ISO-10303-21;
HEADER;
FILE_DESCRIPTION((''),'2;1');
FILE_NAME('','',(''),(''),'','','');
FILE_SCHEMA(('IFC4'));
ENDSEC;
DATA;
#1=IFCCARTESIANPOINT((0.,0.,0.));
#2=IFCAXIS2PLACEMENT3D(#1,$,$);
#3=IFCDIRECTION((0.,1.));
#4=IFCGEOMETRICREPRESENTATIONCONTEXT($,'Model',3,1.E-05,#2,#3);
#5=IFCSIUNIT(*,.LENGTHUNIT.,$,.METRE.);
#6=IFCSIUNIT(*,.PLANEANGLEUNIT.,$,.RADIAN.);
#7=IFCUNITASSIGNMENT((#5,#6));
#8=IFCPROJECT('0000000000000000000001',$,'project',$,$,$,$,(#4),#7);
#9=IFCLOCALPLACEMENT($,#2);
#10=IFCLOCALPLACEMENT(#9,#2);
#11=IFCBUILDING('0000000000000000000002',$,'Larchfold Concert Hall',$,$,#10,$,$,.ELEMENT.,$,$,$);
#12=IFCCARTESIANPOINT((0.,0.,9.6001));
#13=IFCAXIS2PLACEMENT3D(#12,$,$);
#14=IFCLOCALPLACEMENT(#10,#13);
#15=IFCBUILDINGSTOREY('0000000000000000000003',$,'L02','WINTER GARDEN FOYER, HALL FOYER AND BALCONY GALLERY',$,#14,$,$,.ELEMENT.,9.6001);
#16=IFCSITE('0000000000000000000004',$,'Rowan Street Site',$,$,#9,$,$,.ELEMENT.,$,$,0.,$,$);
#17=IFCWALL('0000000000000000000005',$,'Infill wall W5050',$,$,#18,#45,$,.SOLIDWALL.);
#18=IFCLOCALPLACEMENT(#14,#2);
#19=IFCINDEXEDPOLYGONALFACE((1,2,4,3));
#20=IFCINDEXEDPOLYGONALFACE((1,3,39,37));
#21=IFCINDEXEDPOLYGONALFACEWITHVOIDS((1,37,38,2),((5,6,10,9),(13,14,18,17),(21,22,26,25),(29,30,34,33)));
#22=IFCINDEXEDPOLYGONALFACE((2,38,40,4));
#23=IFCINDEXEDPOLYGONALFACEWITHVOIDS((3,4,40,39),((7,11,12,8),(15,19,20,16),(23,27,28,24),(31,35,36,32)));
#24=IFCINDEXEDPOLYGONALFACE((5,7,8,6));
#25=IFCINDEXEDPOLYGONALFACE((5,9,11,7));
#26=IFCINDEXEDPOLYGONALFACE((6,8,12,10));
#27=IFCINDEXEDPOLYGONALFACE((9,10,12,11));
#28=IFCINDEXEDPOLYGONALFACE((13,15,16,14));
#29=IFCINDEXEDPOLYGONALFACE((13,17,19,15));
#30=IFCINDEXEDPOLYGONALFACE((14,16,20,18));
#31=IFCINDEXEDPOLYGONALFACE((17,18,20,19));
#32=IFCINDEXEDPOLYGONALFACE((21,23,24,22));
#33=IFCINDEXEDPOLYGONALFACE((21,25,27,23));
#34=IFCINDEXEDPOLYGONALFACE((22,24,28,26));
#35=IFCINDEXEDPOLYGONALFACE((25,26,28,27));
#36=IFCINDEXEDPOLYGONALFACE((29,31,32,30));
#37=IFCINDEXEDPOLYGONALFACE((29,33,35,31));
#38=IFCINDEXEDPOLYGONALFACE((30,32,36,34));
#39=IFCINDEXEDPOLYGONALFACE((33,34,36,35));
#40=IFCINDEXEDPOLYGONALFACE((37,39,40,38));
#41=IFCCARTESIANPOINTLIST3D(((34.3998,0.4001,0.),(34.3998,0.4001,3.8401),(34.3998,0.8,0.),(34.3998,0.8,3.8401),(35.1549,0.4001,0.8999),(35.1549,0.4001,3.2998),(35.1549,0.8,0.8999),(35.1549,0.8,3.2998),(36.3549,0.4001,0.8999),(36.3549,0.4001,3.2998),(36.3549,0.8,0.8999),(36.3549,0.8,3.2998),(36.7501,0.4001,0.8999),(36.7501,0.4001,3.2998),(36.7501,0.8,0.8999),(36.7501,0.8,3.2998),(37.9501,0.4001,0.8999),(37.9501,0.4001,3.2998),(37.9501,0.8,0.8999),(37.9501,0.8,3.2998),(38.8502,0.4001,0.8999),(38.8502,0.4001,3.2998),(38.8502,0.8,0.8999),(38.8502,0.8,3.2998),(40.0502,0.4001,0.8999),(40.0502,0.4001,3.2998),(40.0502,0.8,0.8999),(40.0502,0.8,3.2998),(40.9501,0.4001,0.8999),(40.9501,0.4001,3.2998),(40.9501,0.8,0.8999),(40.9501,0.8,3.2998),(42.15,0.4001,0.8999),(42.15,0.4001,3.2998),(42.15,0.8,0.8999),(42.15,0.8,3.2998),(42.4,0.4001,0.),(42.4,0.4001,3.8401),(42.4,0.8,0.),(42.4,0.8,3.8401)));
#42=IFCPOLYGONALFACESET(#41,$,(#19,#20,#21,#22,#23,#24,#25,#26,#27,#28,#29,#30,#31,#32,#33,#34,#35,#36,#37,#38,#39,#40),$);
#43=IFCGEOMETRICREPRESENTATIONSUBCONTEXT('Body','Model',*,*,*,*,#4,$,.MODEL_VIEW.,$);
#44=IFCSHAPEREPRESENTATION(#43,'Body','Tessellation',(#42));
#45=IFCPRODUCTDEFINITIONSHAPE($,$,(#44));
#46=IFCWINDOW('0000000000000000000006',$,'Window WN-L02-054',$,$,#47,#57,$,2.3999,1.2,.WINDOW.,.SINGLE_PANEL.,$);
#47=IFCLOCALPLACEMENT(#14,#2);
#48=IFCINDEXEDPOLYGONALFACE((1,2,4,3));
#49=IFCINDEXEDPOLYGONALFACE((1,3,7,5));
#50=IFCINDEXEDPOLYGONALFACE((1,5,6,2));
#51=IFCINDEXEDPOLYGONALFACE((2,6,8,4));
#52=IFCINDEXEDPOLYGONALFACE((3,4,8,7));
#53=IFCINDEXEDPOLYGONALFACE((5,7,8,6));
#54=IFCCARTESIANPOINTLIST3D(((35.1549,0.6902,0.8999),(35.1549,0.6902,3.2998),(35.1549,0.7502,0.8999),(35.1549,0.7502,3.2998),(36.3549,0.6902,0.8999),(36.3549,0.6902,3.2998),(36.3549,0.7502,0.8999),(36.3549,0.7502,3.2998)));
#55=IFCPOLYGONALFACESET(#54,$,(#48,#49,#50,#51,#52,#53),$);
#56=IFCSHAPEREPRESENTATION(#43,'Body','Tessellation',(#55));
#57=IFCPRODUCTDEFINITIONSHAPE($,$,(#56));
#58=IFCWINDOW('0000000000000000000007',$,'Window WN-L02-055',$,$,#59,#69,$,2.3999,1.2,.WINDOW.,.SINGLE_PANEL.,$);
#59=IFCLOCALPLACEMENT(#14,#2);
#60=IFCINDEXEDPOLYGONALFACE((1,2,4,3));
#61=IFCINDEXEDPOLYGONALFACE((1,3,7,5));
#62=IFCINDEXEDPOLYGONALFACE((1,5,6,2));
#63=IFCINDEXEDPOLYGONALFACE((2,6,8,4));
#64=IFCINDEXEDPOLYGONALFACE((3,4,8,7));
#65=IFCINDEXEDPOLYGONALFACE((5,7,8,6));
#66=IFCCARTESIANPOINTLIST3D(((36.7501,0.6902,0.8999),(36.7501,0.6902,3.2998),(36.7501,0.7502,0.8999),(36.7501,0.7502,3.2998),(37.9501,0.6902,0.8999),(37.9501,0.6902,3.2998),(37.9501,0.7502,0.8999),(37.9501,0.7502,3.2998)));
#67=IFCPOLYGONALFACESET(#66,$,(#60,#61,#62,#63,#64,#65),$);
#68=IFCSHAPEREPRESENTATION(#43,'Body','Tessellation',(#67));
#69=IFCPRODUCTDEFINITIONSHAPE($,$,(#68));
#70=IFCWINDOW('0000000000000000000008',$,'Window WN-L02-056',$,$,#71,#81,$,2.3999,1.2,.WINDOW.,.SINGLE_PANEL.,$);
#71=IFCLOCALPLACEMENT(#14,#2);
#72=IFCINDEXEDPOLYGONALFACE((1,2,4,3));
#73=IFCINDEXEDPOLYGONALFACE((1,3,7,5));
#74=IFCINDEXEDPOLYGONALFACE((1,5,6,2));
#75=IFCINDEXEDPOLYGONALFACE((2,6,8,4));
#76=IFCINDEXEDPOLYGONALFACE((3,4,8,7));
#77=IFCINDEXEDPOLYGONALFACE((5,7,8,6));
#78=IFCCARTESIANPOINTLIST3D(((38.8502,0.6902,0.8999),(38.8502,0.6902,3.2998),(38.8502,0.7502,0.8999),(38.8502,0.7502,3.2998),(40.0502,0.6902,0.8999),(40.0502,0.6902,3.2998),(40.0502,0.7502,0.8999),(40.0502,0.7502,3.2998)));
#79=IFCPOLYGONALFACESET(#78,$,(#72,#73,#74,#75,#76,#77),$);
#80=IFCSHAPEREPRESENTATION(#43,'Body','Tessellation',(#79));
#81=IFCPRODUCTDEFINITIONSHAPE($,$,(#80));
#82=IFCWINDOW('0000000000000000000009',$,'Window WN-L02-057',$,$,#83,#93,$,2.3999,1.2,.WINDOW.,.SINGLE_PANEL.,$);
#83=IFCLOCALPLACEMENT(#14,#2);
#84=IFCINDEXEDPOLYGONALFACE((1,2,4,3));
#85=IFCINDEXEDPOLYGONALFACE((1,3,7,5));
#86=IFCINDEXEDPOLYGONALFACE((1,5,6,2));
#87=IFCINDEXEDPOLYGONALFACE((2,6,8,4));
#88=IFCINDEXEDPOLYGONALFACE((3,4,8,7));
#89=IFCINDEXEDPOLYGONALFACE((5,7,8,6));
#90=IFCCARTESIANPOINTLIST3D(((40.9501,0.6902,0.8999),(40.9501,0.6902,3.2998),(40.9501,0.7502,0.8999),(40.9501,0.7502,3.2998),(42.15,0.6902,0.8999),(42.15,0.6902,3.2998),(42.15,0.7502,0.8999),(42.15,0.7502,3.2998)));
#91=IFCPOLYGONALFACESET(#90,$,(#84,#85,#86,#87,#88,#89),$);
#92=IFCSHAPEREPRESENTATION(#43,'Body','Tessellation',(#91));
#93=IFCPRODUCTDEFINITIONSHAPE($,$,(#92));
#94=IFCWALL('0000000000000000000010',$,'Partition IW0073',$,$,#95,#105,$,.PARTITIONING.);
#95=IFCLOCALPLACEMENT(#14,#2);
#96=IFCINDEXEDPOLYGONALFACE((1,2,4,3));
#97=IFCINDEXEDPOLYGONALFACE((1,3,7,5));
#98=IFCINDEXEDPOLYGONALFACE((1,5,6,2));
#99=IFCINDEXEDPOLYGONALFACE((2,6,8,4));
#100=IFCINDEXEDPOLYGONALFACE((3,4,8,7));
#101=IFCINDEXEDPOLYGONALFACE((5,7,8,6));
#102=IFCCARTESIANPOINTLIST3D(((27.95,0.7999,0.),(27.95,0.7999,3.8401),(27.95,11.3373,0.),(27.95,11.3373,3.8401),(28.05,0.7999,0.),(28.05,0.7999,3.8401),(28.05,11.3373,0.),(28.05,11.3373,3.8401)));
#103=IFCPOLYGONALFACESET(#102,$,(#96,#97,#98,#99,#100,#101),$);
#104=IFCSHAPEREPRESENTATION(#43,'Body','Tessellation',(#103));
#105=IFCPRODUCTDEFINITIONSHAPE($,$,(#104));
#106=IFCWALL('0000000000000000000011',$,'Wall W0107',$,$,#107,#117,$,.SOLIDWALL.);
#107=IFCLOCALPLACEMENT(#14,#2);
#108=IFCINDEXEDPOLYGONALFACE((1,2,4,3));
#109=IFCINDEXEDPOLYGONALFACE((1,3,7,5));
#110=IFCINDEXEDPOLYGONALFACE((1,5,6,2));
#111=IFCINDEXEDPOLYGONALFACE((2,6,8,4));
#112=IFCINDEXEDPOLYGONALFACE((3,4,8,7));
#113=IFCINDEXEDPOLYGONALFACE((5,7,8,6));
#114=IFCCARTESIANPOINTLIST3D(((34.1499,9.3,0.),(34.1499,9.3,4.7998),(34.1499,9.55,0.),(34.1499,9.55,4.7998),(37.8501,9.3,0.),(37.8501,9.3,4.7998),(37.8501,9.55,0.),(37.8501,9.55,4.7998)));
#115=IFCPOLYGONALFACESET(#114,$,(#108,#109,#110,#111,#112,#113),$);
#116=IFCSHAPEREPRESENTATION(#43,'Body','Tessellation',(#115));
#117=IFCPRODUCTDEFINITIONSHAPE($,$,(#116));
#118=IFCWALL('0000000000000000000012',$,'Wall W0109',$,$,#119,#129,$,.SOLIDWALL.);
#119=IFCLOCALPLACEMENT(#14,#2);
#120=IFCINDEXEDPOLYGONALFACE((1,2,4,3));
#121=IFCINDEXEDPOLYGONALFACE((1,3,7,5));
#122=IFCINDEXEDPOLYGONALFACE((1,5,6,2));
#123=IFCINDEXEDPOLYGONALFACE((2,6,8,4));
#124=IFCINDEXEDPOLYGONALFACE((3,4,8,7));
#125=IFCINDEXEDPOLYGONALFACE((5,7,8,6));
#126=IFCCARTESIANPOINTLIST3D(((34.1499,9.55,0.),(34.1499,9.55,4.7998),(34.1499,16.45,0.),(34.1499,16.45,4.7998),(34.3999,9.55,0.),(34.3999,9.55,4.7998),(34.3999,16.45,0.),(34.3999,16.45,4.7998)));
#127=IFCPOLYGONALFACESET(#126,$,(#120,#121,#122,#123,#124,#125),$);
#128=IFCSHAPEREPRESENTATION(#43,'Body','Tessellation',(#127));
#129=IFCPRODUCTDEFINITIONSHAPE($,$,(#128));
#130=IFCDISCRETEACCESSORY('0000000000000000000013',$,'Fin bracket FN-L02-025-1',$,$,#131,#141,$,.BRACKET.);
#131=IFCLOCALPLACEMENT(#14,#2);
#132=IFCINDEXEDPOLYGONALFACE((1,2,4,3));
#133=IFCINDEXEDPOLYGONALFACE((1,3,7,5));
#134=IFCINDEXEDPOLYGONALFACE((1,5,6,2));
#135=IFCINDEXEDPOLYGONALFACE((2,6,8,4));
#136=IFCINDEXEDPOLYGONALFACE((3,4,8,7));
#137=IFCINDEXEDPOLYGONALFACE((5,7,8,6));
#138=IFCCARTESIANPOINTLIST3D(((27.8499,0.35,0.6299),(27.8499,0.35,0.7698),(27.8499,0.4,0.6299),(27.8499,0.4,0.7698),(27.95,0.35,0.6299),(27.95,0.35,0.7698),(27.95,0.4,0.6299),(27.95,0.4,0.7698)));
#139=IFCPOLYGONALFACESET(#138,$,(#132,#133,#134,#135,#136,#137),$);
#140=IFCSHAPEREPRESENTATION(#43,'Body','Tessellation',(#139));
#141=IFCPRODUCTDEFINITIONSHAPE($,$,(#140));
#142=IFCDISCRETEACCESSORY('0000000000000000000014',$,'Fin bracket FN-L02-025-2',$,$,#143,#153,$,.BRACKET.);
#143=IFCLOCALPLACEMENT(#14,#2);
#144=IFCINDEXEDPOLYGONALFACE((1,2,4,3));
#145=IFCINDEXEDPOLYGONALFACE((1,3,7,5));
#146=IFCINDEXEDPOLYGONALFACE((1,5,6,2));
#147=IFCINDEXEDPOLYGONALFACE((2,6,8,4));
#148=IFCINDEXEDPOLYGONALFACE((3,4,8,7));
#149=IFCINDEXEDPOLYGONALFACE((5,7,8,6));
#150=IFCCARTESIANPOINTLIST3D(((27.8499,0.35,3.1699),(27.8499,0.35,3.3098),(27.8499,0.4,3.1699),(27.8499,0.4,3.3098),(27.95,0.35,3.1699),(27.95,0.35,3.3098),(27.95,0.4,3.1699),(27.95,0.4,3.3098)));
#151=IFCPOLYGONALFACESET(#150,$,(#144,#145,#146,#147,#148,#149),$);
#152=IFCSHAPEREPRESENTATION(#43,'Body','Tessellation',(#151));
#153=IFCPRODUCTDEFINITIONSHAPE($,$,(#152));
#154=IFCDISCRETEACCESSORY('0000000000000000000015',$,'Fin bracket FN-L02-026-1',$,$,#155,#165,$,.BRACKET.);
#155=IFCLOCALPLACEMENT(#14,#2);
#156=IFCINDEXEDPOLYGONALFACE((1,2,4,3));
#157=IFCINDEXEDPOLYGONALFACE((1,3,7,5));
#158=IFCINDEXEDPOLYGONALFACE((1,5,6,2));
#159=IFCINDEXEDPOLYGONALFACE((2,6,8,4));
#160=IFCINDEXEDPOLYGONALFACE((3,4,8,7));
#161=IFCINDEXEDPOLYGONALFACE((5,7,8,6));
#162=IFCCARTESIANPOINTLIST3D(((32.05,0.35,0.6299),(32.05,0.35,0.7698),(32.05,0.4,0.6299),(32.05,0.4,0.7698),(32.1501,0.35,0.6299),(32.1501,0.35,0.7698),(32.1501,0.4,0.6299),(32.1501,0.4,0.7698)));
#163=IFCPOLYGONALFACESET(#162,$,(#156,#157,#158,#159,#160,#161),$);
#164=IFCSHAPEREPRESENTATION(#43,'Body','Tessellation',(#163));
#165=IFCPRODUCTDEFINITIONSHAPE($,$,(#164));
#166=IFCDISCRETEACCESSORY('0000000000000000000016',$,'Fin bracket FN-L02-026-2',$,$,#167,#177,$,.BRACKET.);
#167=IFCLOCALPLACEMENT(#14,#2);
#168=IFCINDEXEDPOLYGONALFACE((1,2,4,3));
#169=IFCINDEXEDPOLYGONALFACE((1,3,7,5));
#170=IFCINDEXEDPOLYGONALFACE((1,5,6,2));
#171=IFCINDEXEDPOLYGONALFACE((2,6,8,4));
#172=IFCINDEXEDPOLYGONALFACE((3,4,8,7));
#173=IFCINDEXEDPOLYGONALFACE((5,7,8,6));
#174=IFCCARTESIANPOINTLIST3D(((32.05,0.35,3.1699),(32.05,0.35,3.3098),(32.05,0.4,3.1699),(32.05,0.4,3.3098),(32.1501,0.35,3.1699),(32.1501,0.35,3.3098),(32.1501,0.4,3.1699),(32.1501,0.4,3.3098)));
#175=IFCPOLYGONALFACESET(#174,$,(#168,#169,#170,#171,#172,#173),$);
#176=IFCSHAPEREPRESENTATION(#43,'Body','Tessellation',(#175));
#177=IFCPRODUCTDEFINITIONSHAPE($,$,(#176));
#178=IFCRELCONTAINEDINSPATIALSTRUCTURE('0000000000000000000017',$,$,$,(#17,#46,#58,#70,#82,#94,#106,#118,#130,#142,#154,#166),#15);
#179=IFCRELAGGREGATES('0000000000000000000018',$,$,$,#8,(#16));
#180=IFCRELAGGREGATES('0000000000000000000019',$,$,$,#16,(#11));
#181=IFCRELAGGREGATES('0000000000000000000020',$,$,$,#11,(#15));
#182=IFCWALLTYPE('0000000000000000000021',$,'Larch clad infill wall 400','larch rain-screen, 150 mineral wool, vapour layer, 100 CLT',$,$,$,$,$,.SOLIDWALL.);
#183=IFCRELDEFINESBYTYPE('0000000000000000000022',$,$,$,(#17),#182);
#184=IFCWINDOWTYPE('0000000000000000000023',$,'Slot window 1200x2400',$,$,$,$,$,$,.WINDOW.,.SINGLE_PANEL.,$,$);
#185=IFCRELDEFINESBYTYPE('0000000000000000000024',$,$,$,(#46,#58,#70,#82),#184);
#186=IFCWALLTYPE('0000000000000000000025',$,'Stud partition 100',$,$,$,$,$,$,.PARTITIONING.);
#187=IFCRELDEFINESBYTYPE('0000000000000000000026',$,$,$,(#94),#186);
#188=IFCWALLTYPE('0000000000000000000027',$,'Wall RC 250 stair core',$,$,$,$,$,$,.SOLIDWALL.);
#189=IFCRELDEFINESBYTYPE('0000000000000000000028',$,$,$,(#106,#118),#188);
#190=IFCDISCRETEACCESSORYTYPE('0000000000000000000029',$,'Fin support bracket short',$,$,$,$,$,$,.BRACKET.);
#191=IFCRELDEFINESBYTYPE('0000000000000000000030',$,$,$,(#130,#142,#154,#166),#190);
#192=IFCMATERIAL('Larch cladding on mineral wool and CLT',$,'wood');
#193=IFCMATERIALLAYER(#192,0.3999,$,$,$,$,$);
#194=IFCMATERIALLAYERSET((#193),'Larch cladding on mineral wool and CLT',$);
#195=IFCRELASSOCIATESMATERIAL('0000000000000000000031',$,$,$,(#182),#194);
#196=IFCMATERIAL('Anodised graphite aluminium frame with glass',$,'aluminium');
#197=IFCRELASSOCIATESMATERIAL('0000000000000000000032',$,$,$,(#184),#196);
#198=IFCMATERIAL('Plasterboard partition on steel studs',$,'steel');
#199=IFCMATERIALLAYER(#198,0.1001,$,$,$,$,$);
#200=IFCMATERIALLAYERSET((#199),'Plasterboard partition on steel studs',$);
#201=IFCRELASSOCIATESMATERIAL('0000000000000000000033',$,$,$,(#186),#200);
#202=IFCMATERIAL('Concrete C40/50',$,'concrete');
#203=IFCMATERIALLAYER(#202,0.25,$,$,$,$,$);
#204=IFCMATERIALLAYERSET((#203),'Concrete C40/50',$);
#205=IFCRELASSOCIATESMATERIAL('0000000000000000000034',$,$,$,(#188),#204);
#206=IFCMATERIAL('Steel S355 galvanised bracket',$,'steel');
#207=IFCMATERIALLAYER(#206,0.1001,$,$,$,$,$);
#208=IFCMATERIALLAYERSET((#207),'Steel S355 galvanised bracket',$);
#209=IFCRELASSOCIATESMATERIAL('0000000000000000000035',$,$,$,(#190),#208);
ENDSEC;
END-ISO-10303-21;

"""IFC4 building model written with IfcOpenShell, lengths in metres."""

from ifc_helpers import new_model, si_unit, direction, frame, frame_2d, origin, origin_2d, place, context, subcontext, project, spatial, rectangle, extrude, material, layer, layer_set, type_object, element, fill, save


model = new_model("IFC4")

# Units and contexts
model_context = context("Model", 3, precision=1e-05, world=origin(), true_north=direction((0.0, 1.0)))
body_context = subcontext(model_context, "Body", "Model", "MODEL_VIEW")
ifc_project = project(units=[si_unit("LENGTHUNIT", "METRE"), si_unit("PLANEANGLEUNIT", "RADIAN")], contexts=[model_context])

# Site, building, storey
site_placement = place(None, origin())
site = spatial("IfcSite", under=ifc_project, at=site_placement, Name="Rowan Street Site", CompositionType="ELEMENT", RefElevation=0.0)
building_placement = place(site_placement, origin())
building = spatial("IfcBuilding", under=site, at=building_placement, Name="Larchfold Concert Hall", CompositionType="ELEMENT")
storey_placement = place(building_placement, frame((0.0, 0.0, 9.6001)))
storey = spatial("IfcBuildingStorey", under=building, at=storey_placement, Name="L02", Description="WINTER GARDEN FOYER, HALL FOYER AND BALCONY GALLERY", CompositionType="ELEMENT", Elevation=9.6001)

# Wall, openings, windows
ifc_material_1 = material(Name="Larch cladding on mineral wool and CLT", Category="wood")
ifc_layer_1 = layer(ifc_material_1, 0.3999)
ifc_layer_set_1 = layer_set([ifc_layer_1], Name="Larch cladding on mineral wool and CLT")
wall_type_1 = type_object("IfcWallType", Name="Larch clad infill wall 400", Description="larch rain-screen, 150 mineral wool, vapour layer, 100 CLT", PredefinedType="SOLIDWALL", material=ifc_layer_set_1)
wall_1_placement = place(storey_placement, frame((34.3999, 0.6001, 0.0), z_axis=(0.0, 0.0, 1.0), x_axis=(1.0, 0.0, 0.0)))
wall_1 = element("IfcWall", 1, at=wall_1_placement, inside=storey, type_object=wall_type_1, Name="Infill wall W5050", PredefinedType="SOLIDWALL", context=body_context, shape_type="SweptSolid", body=[
    extrude(rectangle(XDim=8.0002, YDim=0.3999, at=frame_2d((4.0, 0.0))), origin(), (0.0, 0.0, 1.0), 3.8401),
])
opening_1_placement = place(wall_1_placement, frame((0.7549, 0.0, 0.8999)))
opening_1 = element("IfcOpeningElement", 2, at=opening_1_placement, cuts=wall_1, PredefinedType="OPENING", context=body_context, shape_type="SweptSolid", body=[
    extrude(rectangle(XDim=1.2, YDim=2.3999, at=frame_2d((0.6001, 1.2))), frame((0.0, 0.21, 0.0), z_axis=(0.0, -1.0, 0.0), x_axis=(1.0, 0.0, 0.0)), (0.0, 0.0, 1.0), 0.4199),
])
opening_2_placement = place(wall_1_placement, frame((2.3501, 0.0, 0.8999)))
opening_2 = element("IfcOpeningElement", 3, at=opening_2_placement, cuts=wall_1, PredefinedType="OPENING", context=body_context, shape_type="SweptSolid", body=[
    extrude(rectangle(XDim=1.2, YDim=2.3999, at=frame_2d((0.6001, 1.2))), frame((0.0, 0.21, 0.0), z_axis=(0.0, -1.0, 0.0), x_axis=(1.0, 0.0, 0.0)), (0.0, 0.0, 1.0), 0.4199),
])
opening_3_placement = place(wall_1_placement, frame((4.4502, 0.0, 0.8999)))
opening_3 = element("IfcOpeningElement", 4, at=opening_3_placement, cuts=wall_1, PredefinedType="OPENING", context=body_context, shape_type="SweptSolid", body=[
    extrude(rectangle(XDim=1.2, YDim=2.3999, at=frame_2d((0.6001, 1.2))), frame((0.0, 0.21, 0.0), z_axis=(0.0, -1.0, 0.0), x_axis=(1.0, 0.0, 0.0)), (0.0, 0.0, 1.0), 0.4199),
])
opening_4_placement = place(wall_1_placement, frame((6.55, 0.0, 0.8999)))
opening_4 = element("IfcOpeningElement", 5, at=opening_4_placement, cuts=wall_1, PredefinedType="OPENING", context=body_context, shape_type="SweptSolid", body=[
    extrude(rectangle(XDim=1.2, YDim=2.3999, at=frame_2d((0.6001, 1.2))), frame((0.0, 0.21, 0.0), z_axis=(0.0, -1.0, 0.0), x_axis=(1.0, 0.0, 0.0)), (0.0, 0.0, 1.0), 0.4199),
])
ifc_material_2 = material(Name="Anodised graphite aluminium frame with glass", Category="aluminium")
window_type = type_object("IfcWindowType", Name="Slot window 1200x2400", PartitioningType="SINGLE_PANEL", PredefinedType="WINDOW", material=ifc_material_2)
window_1_placement = place(opening_1_placement, origin())
window_1 = element("IfcWindow", 6, at=window_1_placement, inside=storey, type_object=window_type, Name="Window WN-L02-054", OverallHeight=2.3999, OverallWidth=1.2, PartitioningType="SINGLE_PANEL", PredefinedType="WINDOW", context=body_context, shape_type="SweptSolid", body=[
    extrude(rectangle(XDim=1.2, YDim=2.3999, at=frame_2d((0.6001, 1.2))), frame((0.0, 0.1501, 0.0), z_axis=(0.0, -1.0, 0.0), x_axis=(1.0, 0.0, 0.0)), (0.0, 0.0, 1.0), 0.0601),
])
fill(opening_1, window_1)
window_2_placement = place(opening_2_placement, origin())
window_2 = element("IfcWindow", 7, at=window_2_placement, inside=storey, type_object=window_type, Name="Window WN-L02-055", OverallHeight=2.3999, OverallWidth=1.2, PartitioningType="SINGLE_PANEL", PredefinedType="WINDOW", context=body_context, shape_type="SweptSolid", body=[
    extrude(rectangle(XDim=1.2, YDim=2.3999, at=frame_2d((0.6001, 1.2))), frame((0.0, 0.1501, 0.0), z_axis=(0.0, -1.0, 0.0), x_axis=(1.0, 0.0, 0.0)), (0.0, 0.0, 1.0), 0.0601),
])
fill(opening_2, window_2)
window_3_placement = place(opening_3_placement, origin())
window_3 = element("IfcWindow", 8, at=window_3_placement, inside=storey, type_object=window_type, Name="Window WN-L02-056", OverallHeight=2.3999, OverallWidth=1.2, PartitioningType="SINGLE_PANEL", PredefinedType="WINDOW", context=body_context, shape_type="SweptSolid", body=[
    extrude(rectangle(XDim=1.2, YDim=2.3999, at=frame_2d((0.6001, 1.2))), frame((0.0, 0.1501, 0.0), z_axis=(0.0, -1.0, 0.0), x_axis=(1.0, 0.0, 0.0)), (0.0, 0.0, 1.0), 0.0601),
])
fill(opening_3, window_3)
window_4_placement = place(opening_4_placement, origin())
window_4 = element("IfcWindow", 9, at=window_4_placement, inside=storey, type_object=window_type, Name="Window WN-L02-057", OverallHeight=2.3999, OverallWidth=1.2, PartitioningType="SINGLE_PANEL", PredefinedType="WINDOW", context=body_context, shape_type="SweptSolid", body=[
    extrude(rectangle(XDim=1.2, YDim=2.3999, at=frame_2d((0.6001, 1.2))), frame((0.0, 0.1501, 0.0), z_axis=(0.0, -1.0, 0.0), x_axis=(1.0, 0.0, 0.0)), (0.0, 0.0, 1.0), 0.0601),
])
fill(opening_4, window_4)

# Walls
ifc_material_3 = material(Name="Plasterboard partition on steel studs", Category="steel")
ifc_layer_2 = layer(ifc_material_3, 0.1001)
ifc_layer_set_2 = layer_set([ifc_layer_2], Name="Plasterboard partition on steel studs")
wall_type_2 = type_object("IfcWallType", Name="Stud partition 100", PredefinedType="PARTITIONING", material=ifc_layer_set_2)
wall_2_placement = place(storey_placement, frame((28.0, 0.8, 0.0), z_axis=(0.0, 0.0, 1.0), x_axis=(0.0, 1.0, 0.0)))
element("IfcWall", 10, at=wall_2_placement, inside=storey, type_object=wall_type_2, Name="Partition IW0073", PredefinedType="PARTITIONING", context=body_context, shape_type="SweptSolid", body=[
    extrude(rectangle(XDim=10.5374, YDim=0.1001, at=frame_2d((5.2686, 0.0))), origin(), (0.0, 0.0, 1.0), 3.8401),
])
ifc_material_4 = material(Name="Concrete C40/50", Category="concrete")
ifc_layer_3 = layer(ifc_material_4, 0.25)
ifc_layer_set_3 = layer_set([ifc_layer_3], Name="Concrete C40/50")
wall_type_3 = type_object("IfcWallType", Name="Wall RC 250 stair core", PredefinedType="SOLIDWALL", material=ifc_layer_set_3)
wall_3_placement = place(storey_placement, frame((34.1499, 9.425, 0.0), z_axis=(0.0, 0.0, 1.0), x_axis=(1.0, 0.0, 0.0)))
element("IfcWall", 11, at=wall_3_placement, inside=storey, type_object=wall_type_3, Name="Wall W0107", PredefinedType="SOLIDWALL", context=body_context, shape_type="SweptSolid", body=[
    extrude(rectangle(XDim=3.7002, YDim=0.25, at=frame_2d((1.8501, 0.0))), origin(), (0.0, 0.0, 1.0), 4.7998),
])
wall_4_placement = place(storey_placement, frame((34.2749, 9.55, 0.0), z_axis=(0.0, 0.0, 1.0), x_axis=(0.0, 1.0, 0.0)))
element("IfcWall", 12, at=wall_4_placement, inside=storey, type_object=wall_type_3, Name="Wall W0109", PredefinedType="SOLIDWALL", context=body_context, shape_type="SweptSolid", body=[
    extrude(rectangle(XDim=6.8999, YDim=0.25, at=frame_2d((3.45, 0.0))), origin(), (0.0, 0.0, 1.0), 4.7998),
])

# Discrete accessories
ifc_material_5 = material(Name="Steel S355 galvanised bracket", Category="steel")
ifc_layer_4 = layer(ifc_material_5, 0.1001)
ifc_layer_set_4 = layer_set([ifc_layer_4], Name="Steel S355 galvanised bracket")
discrete_accessory_type = type_object("IfcDiscreteAccessoryType", Name="Fin support bracket short", PredefinedType="BRACKET", material=ifc_layer_set_4)
for number, where, z_axis, x_axis, name in (
    (13, (27.8999, 0.375, 0.6299), (0.0, 0.0, 1.0), (0.0, -1.0, 0.0), "Fin bracket FN-L02-025-1"),
    (14, (27.8999, 0.375, 3.1699), (0.0, 0.0, 1.0), (0.0, -1.0, 0.0), "Fin bracket FN-L02-025-2"),
    (15, (32.1001, 0.375, 0.6299), (0.0, 0.0, 1.0), (0.0, -1.0, 0.0), "Fin bracket FN-L02-026-1"),
    (16, (32.1001, 0.375, 3.1699), (0.0, 0.0, 1.0), (0.0, -1.0, 0.0), "Fin bracket FN-L02-026-2"),
):
    element("IfcDiscreteAccessory", number, at=place(storey_placement, frame(where, z_axis=z_axis, x_axis=x_axis)), inside=storey, type_object=discrete_accessory_type, Name=name, PredefinedType="BRACKET", context=body_context, shape_type="SweptSolid", body=[
        extrude(rectangle(XDim=0.05, YDim=0.1001, at=origin_2d()), origin(), (0.0, 0.0, 1.0), 0.1399),
    ])

save(model, "model.ifc")
